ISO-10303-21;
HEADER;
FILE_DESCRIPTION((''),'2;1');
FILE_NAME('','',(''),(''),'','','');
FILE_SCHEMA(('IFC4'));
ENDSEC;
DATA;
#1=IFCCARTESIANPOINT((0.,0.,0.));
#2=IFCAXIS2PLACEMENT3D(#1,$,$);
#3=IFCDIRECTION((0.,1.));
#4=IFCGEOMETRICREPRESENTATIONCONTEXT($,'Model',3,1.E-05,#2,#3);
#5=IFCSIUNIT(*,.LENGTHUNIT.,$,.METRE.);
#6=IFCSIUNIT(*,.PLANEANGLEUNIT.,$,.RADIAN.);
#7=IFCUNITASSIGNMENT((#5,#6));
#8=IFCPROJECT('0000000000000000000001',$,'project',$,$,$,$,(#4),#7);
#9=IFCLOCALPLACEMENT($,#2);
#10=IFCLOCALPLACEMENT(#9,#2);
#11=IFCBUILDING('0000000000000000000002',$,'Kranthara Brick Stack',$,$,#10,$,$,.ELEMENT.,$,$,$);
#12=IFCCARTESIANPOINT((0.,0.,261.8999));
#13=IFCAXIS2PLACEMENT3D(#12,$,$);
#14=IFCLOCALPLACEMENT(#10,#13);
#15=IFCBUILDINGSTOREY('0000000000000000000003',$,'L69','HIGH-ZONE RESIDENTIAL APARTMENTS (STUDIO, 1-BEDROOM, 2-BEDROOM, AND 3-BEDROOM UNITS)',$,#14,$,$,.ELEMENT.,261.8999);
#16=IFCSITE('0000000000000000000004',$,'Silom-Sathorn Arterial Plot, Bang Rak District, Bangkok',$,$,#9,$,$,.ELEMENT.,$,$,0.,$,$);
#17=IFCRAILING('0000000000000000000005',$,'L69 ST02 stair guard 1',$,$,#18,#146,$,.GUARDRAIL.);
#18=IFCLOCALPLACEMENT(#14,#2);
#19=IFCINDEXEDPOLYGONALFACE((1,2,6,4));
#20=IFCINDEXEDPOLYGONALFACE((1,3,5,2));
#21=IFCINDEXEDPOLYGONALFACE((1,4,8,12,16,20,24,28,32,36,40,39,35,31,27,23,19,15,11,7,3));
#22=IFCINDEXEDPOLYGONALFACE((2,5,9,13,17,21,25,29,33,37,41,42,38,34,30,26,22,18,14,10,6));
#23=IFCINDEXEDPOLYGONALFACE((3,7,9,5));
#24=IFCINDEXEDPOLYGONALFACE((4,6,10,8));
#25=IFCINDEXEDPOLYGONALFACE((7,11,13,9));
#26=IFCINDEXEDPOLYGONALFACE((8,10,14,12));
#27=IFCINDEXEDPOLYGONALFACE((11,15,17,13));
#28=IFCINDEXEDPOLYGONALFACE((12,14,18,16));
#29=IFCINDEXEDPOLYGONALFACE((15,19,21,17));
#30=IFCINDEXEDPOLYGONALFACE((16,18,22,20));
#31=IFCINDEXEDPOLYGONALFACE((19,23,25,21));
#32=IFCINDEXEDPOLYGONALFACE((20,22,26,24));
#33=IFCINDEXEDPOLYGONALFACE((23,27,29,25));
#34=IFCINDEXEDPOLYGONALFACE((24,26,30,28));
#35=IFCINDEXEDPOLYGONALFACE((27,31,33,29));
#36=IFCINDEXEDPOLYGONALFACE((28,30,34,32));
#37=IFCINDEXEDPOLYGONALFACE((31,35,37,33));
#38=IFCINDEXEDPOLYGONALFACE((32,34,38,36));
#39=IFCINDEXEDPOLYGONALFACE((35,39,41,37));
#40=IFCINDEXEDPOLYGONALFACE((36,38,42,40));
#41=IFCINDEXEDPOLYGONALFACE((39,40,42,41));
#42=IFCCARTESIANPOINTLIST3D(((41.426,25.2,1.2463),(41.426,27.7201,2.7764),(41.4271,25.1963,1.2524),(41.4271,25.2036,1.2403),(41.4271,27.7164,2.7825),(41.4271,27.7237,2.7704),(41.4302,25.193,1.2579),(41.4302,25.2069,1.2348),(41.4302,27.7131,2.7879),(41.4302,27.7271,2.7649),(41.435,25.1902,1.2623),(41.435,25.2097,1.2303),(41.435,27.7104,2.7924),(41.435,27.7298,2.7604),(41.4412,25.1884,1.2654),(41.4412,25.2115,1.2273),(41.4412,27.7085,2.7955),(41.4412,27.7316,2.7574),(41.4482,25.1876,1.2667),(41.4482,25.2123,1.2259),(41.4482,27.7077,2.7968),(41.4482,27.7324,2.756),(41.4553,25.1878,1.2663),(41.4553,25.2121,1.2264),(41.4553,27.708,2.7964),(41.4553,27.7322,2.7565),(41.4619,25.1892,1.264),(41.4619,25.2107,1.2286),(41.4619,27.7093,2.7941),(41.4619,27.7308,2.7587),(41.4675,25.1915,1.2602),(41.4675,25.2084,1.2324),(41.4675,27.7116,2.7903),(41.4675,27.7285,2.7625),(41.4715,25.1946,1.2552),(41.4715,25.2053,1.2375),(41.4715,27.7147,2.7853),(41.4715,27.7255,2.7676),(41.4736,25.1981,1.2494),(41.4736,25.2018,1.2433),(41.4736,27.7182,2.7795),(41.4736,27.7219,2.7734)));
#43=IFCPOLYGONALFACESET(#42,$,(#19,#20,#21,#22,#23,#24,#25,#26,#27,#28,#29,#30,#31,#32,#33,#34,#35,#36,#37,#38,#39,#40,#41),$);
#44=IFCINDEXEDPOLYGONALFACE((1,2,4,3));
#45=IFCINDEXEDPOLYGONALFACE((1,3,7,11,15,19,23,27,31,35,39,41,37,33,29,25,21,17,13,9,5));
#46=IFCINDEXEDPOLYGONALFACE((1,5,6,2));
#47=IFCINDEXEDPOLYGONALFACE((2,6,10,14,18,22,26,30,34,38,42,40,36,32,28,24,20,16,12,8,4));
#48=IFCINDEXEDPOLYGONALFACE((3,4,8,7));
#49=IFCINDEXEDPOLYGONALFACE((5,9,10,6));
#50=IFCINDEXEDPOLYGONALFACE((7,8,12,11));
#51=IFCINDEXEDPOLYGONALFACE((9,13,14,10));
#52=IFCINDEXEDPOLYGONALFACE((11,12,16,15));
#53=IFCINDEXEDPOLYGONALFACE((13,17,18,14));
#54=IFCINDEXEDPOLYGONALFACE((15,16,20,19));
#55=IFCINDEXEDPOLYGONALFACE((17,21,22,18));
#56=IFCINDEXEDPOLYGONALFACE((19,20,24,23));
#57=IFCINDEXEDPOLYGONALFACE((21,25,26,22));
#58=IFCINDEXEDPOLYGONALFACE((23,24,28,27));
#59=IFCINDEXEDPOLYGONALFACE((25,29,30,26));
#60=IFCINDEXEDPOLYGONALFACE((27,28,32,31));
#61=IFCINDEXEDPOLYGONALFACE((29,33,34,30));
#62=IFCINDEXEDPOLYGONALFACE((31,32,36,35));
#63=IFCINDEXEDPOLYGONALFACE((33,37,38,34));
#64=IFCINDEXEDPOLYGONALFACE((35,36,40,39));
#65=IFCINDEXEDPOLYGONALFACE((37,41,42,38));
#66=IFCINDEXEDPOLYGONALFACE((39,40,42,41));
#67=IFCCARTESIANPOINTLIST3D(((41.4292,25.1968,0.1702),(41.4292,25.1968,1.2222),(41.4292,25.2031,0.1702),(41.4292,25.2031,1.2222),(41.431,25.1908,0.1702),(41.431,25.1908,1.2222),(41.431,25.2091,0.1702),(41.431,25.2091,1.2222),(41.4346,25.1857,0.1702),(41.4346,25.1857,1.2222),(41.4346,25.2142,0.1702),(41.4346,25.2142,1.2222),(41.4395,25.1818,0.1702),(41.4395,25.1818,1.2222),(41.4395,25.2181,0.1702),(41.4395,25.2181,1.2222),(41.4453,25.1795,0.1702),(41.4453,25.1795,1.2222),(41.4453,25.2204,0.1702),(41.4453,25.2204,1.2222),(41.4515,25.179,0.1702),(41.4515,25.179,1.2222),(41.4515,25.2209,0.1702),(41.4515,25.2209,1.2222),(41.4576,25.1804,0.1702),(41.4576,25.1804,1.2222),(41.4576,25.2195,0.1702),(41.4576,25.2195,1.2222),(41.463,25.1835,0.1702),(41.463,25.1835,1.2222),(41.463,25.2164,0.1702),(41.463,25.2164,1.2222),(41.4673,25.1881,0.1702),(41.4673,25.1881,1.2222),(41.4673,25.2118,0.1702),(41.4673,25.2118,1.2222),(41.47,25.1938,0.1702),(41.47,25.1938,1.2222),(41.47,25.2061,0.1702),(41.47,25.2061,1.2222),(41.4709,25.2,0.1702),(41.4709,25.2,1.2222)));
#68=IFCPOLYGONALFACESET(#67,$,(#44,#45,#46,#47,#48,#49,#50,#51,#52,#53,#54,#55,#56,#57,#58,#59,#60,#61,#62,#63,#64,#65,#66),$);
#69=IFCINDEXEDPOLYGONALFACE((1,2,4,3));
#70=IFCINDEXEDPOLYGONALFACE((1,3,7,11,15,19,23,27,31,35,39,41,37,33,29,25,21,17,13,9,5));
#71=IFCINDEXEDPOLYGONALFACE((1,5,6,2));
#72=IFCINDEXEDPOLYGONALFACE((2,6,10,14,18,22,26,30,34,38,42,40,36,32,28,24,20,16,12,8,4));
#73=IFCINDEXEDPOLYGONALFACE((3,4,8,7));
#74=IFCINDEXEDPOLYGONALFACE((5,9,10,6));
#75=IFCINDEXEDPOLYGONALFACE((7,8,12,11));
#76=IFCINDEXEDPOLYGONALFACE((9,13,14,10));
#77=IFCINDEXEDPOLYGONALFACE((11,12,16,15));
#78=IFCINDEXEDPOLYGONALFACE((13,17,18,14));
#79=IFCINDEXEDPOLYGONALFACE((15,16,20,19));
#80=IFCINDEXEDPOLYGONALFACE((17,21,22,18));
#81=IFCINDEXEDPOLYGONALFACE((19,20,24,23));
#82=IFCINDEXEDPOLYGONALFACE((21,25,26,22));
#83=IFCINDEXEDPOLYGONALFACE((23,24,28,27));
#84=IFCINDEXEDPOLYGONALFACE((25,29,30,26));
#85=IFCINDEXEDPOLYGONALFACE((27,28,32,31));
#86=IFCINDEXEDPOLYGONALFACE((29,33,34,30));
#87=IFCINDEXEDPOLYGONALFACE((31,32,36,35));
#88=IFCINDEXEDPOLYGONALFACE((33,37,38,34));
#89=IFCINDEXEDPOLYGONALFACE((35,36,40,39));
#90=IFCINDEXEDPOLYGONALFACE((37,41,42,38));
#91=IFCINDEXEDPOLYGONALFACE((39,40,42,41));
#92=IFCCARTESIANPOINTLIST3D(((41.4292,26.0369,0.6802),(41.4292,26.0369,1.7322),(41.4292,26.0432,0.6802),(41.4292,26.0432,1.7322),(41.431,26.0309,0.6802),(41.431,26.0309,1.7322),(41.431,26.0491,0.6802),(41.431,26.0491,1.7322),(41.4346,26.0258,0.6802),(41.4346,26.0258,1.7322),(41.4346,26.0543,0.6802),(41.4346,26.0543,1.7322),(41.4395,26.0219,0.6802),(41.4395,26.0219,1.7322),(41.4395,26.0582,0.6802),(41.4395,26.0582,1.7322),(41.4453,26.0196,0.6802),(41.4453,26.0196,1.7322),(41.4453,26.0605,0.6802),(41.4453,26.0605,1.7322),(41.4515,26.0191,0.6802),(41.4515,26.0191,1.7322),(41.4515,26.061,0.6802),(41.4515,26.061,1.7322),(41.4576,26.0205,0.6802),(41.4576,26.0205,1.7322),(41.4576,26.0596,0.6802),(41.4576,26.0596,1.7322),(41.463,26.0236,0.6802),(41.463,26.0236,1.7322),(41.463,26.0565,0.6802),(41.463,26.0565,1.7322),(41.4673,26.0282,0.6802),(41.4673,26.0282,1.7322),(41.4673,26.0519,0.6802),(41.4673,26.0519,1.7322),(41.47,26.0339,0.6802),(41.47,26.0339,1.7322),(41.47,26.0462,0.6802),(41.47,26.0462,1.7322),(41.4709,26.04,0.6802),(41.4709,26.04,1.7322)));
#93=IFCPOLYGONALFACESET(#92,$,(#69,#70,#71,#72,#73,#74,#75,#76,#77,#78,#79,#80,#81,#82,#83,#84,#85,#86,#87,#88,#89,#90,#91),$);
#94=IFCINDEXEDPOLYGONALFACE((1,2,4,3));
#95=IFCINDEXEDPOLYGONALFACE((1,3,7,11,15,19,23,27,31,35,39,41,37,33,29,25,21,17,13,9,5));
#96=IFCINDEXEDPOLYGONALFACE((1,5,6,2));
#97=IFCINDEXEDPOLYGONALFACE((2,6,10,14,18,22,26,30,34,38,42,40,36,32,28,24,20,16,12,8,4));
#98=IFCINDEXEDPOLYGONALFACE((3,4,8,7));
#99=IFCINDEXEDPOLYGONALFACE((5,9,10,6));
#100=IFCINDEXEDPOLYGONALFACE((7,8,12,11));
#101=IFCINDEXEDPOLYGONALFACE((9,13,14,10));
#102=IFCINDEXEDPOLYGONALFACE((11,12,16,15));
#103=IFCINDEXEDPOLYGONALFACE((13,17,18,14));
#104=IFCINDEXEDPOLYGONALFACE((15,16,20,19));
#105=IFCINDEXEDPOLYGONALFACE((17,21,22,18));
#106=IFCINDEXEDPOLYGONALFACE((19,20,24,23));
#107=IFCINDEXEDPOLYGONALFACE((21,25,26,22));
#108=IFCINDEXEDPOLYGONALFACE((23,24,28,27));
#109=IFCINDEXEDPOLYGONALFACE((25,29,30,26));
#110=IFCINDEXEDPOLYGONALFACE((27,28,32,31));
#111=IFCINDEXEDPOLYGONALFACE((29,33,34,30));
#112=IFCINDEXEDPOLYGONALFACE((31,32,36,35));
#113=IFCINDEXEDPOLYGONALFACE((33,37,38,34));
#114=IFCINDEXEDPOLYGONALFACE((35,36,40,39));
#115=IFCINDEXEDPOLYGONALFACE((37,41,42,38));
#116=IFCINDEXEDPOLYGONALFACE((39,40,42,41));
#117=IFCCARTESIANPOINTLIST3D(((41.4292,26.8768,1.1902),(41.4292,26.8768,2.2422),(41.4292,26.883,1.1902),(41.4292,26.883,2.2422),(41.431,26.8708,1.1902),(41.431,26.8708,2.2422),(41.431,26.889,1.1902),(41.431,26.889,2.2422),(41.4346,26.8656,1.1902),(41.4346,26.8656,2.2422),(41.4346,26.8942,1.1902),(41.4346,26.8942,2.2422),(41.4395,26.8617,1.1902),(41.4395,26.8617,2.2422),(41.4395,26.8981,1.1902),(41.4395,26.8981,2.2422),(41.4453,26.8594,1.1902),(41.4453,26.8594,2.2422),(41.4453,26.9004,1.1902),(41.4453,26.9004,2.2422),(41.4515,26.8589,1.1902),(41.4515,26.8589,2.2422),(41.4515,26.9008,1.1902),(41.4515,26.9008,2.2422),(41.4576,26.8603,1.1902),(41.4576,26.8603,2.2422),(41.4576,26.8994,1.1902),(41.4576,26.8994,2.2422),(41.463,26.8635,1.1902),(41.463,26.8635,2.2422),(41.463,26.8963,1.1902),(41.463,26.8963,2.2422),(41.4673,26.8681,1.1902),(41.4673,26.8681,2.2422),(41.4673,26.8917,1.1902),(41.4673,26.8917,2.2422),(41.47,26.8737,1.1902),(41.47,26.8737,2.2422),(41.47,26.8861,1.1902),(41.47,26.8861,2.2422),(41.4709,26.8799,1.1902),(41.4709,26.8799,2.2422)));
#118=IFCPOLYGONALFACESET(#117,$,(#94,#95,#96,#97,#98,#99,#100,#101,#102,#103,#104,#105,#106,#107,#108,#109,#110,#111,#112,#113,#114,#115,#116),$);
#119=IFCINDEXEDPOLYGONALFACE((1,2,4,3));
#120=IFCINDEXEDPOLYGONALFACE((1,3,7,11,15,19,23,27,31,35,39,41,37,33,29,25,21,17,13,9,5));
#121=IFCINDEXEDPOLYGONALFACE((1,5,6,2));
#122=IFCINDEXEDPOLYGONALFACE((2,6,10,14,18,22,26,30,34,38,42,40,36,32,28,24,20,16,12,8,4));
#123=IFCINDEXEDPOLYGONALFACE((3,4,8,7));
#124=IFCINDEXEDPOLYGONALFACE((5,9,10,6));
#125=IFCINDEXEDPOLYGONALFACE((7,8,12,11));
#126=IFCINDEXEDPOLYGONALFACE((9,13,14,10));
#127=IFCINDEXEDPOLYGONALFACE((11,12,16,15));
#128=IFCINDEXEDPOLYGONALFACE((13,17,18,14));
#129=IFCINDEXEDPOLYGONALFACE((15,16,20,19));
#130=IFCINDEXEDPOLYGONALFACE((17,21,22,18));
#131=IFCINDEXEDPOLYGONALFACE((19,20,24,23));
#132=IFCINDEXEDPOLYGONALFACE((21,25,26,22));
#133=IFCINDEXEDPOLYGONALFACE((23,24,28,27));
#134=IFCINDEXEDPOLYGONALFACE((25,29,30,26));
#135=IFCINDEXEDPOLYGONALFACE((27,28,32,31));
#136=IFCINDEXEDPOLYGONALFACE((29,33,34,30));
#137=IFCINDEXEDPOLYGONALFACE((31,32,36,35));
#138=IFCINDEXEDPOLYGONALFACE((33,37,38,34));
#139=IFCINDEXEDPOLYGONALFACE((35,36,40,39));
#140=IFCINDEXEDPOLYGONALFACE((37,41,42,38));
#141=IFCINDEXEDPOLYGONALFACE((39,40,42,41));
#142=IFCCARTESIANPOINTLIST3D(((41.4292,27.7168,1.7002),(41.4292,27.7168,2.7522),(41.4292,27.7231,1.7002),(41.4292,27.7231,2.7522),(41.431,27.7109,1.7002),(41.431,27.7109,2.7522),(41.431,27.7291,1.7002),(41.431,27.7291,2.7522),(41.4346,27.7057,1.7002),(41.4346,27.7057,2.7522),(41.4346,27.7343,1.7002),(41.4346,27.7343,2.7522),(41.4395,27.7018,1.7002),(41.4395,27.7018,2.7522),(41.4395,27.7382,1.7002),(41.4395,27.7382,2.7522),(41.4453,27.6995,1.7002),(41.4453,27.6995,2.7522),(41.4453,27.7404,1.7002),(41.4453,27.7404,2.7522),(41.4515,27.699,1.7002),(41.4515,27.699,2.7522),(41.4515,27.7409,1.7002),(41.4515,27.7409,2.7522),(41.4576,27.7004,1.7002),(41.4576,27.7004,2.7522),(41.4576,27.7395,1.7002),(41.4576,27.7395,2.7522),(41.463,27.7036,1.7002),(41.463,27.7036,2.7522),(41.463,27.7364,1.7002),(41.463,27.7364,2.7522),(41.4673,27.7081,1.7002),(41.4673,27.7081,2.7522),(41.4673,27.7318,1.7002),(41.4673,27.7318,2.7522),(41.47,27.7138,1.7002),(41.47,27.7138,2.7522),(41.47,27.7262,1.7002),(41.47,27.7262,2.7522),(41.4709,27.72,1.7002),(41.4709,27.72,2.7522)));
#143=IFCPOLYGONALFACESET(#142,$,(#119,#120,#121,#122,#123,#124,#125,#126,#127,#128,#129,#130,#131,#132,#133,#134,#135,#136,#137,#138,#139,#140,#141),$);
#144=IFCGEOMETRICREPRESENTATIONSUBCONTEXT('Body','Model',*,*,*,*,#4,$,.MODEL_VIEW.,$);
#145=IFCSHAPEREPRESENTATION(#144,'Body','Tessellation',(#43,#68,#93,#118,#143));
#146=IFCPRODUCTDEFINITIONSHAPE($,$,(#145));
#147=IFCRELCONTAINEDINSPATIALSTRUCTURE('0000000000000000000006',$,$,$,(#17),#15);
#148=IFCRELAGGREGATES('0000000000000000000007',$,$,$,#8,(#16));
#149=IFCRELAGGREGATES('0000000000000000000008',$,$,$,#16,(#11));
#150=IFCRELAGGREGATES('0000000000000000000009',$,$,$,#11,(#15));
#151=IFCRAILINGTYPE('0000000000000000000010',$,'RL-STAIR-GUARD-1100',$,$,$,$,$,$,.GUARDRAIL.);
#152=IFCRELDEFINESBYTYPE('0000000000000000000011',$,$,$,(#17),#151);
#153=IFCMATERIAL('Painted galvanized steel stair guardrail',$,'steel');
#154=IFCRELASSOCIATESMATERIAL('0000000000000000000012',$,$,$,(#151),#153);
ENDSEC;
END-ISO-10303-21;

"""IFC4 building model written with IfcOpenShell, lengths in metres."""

from ifc_helpers import new_model, si_unit, direction, frame, origin, origin_2d, place, context, subcontext, project, spatial, circle, extrude, material, type_object, element, save


model = new_model("IFC4")

# Units and contexts
model_context = context("Model", 3, precision=1e-05, world=origin(), true_north=direction((0.0, 1.0)))
body_context = subcontext(model_context, "Body", "Model", "MODEL_VIEW")
ifc_project = project(units=[si_unit("LENGTHUNIT", "METRE"), si_unit("PLANEANGLEUNIT", "RADIAN")], contexts=[model_context])

# Site, building, storey
site_placement = place(None, origin())
site = spatial("IfcSite", under=ifc_project, at=site_placement, Name="Silom-Sathorn Arterial Plot, Bang Rak District, Bangkok", CompositionType="ELEMENT", RefElevation=0.0)
building_placement = place(site_placement, origin())
building = spatial("IfcBuilding", under=site, at=building_placement, Name="Kranthara Brick Stack", CompositionType="ELEMENT")
storey_placement = place(building_placement, frame((0.0, 0.0, 261.8999)))
storey = spatial("IfcBuildingStorey", under=building, at=storey_placement, Name="L69", Description="HIGH-ZONE RESIDENTIAL APARTMENTS (STUDIO, 1-BEDROOM, 2-BEDROOM, AND 3-BEDROOM UNITS)", CompositionType="ELEMENT", Elevation=261.8999)

# Railing
ifc_material_1 = material(Name="Painted galvanized steel stair guardrail", Category="steel")
railing_type_1 = type_object("IfcRailingType", Name="RL-STAIR-GUARD-1100", PredefinedType="GUARDRAIL", material=ifc_material_1)
railing_1_placement = place(storey_placement, frame((41.45, 25.2, 0.1702)))
element("IfcRailing", 1, at=railing_1_placement, inside=storey, type_object=railing_type_1, Name="L69 ST02 stair guard 1", PredefinedType="GUARDRAIL", context=body_context, shape_type="SweptSolid", body=[
    extrude(circle(Radius=0.0239, at=origin_2d()), frame((0.0, 0.0, 1.0762), z_axis=(0.0, 0.854785, 0.518982), x_axis=(-1.0, 0.0, 0.0)), (0.0, 0.0, 1.0), 2.9482),
    extrude(circle(Radius=0.021, at=origin_2d()), origin(), (0.0, 0.0, 1.0), 1.052),
    extrude(circle(Radius=0.021, at=origin_2d()), frame((0.0, 0.8401, 0.51)), (0.0, 0.0, 1.0), 1.052),
    extrude(circle(Radius=0.021, at=origin_2d()), frame((0.0, 1.6799, 1.02)), (0.0, 0.0, 1.0), 1.052),
    extrude(circle(Radius=0.021, at=origin_2d()), frame((0.0, 2.52, 1.53)), (0.0, 0.0, 1.0), 1.052),
])

save(model, "model.ifc")
